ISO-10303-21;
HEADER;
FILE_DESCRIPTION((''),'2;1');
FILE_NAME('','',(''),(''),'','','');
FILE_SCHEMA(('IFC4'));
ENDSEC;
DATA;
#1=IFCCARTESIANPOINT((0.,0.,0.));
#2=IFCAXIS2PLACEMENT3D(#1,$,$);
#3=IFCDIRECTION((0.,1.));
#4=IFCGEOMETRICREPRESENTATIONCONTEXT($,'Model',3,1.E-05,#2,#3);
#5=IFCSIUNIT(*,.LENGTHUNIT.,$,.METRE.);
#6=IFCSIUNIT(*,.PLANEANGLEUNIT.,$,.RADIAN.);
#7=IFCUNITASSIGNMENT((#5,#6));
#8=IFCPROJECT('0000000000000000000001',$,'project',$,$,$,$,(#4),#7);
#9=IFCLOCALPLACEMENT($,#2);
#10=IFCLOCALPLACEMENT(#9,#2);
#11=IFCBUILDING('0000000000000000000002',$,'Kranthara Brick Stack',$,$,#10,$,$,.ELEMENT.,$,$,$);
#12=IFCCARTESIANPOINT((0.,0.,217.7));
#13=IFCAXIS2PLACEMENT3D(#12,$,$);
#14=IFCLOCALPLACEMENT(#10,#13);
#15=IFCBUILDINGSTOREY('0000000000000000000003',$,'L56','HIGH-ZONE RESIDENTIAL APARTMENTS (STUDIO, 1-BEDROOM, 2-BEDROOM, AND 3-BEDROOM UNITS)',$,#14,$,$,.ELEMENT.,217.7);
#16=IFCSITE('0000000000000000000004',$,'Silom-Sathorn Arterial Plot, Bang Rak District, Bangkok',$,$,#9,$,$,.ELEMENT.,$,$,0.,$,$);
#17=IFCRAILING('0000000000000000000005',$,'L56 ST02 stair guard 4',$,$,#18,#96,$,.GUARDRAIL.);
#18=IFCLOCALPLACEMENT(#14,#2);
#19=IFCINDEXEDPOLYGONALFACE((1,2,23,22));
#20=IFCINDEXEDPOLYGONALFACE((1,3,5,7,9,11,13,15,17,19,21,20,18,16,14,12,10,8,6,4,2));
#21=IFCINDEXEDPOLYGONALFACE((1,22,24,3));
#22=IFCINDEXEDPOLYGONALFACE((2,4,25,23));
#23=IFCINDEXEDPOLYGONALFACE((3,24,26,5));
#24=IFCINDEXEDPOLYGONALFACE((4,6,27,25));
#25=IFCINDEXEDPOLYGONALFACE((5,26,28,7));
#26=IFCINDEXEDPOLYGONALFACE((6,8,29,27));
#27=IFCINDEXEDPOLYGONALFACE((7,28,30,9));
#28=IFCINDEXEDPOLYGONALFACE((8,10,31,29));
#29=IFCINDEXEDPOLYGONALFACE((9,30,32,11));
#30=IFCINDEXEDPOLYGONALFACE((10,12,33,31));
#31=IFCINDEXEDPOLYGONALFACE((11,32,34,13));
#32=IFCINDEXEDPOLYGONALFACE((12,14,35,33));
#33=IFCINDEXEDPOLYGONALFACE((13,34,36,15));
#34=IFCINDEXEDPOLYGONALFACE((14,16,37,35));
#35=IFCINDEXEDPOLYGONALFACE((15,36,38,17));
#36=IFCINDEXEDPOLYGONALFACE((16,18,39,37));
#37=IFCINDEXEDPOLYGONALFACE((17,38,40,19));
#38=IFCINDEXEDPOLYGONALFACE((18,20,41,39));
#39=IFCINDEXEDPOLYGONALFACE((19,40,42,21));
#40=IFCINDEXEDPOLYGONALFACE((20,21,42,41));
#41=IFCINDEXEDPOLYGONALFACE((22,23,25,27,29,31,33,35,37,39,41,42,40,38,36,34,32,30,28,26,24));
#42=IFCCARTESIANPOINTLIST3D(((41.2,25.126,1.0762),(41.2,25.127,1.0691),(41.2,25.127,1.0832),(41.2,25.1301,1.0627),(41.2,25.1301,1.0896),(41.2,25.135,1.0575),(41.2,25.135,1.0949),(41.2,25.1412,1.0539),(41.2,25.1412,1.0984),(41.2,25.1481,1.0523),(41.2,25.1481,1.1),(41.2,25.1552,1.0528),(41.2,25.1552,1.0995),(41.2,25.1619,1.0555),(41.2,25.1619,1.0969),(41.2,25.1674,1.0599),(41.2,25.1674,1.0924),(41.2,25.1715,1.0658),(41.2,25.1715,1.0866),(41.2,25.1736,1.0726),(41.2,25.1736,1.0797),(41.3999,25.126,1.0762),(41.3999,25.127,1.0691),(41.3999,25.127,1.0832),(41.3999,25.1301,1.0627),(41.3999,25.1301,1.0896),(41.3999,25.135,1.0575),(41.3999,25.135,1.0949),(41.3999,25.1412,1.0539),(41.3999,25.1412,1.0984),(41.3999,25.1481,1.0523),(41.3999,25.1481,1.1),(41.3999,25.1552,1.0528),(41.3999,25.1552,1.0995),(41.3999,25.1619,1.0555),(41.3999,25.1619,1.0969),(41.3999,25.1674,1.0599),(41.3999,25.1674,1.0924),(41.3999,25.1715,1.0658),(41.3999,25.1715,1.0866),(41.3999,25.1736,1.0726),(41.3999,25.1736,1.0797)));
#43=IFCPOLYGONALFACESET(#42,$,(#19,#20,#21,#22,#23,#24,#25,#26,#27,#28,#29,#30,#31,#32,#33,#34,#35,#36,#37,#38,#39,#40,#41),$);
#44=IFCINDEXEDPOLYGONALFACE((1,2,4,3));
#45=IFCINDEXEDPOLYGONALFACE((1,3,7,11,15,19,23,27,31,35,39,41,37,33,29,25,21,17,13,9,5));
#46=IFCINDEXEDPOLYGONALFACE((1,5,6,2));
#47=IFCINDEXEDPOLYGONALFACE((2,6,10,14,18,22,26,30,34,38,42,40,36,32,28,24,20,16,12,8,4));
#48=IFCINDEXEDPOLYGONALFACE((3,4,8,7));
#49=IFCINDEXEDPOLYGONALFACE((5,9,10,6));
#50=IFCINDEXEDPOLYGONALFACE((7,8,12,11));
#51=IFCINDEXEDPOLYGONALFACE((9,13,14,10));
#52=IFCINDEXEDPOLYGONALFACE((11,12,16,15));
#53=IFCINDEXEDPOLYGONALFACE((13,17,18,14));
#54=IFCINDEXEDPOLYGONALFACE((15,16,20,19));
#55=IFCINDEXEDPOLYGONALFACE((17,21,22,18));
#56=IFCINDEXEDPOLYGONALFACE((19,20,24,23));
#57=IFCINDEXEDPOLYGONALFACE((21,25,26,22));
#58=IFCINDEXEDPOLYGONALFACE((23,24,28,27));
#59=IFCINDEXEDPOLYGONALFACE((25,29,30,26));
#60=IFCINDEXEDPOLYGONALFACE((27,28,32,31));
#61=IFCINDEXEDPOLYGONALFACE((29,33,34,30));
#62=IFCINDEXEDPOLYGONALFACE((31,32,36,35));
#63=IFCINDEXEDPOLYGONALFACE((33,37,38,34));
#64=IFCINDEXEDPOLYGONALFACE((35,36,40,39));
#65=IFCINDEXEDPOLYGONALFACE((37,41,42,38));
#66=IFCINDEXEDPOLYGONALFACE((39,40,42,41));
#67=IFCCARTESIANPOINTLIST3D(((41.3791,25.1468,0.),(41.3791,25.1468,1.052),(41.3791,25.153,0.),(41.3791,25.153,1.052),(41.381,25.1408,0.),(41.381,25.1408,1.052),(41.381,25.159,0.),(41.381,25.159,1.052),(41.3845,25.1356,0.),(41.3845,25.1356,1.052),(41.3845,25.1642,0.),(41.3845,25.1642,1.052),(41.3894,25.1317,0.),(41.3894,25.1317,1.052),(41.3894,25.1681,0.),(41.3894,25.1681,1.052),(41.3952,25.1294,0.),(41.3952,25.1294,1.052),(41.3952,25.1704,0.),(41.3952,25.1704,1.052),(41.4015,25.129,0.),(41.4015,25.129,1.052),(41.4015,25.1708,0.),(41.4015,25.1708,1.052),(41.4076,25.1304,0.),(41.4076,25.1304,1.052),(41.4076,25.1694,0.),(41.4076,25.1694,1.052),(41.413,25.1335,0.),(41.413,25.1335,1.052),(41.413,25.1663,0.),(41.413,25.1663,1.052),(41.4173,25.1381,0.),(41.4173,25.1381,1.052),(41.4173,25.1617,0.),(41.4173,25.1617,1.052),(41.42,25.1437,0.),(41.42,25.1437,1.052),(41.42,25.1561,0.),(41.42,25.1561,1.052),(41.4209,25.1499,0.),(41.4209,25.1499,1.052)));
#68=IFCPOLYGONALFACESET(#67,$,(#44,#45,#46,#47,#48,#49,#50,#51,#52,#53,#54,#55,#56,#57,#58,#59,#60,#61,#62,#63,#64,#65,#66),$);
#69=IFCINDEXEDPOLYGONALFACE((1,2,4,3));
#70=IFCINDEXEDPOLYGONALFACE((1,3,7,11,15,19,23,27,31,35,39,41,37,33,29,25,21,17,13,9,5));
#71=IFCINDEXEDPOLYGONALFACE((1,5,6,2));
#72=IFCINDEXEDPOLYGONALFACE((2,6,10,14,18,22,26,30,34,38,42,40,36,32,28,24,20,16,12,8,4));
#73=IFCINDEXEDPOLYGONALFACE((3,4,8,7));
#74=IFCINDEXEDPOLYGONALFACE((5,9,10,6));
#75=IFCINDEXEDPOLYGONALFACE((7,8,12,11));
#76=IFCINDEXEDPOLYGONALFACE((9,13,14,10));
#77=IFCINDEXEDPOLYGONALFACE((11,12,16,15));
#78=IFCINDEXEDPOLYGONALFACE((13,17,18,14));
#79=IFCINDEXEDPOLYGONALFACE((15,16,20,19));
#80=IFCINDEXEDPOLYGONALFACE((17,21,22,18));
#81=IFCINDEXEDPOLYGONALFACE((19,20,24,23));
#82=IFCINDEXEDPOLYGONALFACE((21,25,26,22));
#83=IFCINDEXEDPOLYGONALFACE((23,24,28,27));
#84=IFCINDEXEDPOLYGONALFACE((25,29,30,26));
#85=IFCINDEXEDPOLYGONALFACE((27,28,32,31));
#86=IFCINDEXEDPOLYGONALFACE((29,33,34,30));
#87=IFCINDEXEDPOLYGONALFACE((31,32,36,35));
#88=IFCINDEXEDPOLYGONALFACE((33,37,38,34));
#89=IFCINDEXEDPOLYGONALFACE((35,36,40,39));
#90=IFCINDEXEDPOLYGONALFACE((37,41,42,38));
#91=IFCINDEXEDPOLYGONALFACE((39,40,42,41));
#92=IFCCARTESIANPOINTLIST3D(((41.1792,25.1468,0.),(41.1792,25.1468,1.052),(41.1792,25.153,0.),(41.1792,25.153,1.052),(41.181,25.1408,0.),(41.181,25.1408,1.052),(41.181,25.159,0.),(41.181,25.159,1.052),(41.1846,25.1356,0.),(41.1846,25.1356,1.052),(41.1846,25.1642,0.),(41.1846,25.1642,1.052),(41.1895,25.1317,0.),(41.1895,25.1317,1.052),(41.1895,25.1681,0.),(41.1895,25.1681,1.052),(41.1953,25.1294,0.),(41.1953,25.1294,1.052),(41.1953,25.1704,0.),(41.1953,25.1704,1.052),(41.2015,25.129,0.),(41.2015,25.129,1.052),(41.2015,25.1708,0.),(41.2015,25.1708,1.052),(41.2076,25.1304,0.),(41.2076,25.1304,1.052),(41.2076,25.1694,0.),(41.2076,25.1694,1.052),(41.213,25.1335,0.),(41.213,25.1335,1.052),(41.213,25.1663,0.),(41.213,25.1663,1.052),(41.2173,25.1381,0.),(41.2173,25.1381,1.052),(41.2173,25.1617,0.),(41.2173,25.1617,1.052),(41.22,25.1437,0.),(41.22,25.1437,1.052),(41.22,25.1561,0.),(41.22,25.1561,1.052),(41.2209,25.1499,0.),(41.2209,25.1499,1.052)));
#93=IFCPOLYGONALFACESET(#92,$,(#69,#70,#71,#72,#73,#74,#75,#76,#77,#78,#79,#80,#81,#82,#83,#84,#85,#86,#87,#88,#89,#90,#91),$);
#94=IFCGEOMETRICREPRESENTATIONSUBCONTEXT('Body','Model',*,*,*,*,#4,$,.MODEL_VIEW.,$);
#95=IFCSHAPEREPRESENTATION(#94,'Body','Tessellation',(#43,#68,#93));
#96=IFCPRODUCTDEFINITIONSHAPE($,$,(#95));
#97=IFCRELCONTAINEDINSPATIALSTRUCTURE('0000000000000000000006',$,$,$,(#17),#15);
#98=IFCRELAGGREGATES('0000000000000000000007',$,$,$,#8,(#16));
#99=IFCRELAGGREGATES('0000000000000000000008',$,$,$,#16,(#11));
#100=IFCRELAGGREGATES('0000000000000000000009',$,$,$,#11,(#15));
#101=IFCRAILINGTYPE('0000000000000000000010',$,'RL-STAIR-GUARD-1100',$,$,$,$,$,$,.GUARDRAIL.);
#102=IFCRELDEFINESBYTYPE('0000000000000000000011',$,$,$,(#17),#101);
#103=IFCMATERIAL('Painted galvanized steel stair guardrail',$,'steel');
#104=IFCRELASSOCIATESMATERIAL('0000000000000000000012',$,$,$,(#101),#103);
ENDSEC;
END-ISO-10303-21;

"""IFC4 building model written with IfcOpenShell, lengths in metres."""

from ifc_helpers import new_model, si_unit, direction, frame, origin, origin_2d, place, context, subcontext, project, spatial, circle, extrude, material, type_object, element, save


model = new_model("IFC4")

# Units and contexts
model_context = context("Model", 3, precision=1e-05, world=origin(), true_north=direction((0.0, 1.0)))
body_context = subcontext(model_context, "Body", "Model", "MODEL_VIEW")
ifc_project = project(units=[si_unit("LENGTHUNIT", "METRE"), si_unit("PLANEANGLEUNIT", "RADIAN")], contexts=[model_context])

# Site, building, storey
site_placement = place(None, origin())
site = spatial("IfcSite", under=ifc_project, at=site_placement, Name="Silom-Sathorn Arterial Plot, Bang Rak District, Bangkok", CompositionType="ELEMENT", RefElevation=0.0)
building_placement = place(site_placement, origin())
building = spatial("IfcBuilding", under=site, at=building_placement, Name="Kranthara Brick Stack", CompositionType="ELEMENT")
storey_placement = place(building_placement, frame((0.0, 0.0, 217.7)))
storey = spatial("IfcBuildingStorey", under=building, at=storey_placement, Name="L56", Description="HIGH-ZONE RESIDENTIAL APARTMENTS (STUDIO, 1-BEDROOM, 2-BEDROOM, AND 3-BEDROOM UNITS)", CompositionType="ELEMENT", Elevation=217.7)

# Railing
ifc_material_1 = material(Name="Painted galvanized steel stair guardrail", Category="steel")
railing_type_1 = type_object("IfcRailingType", Name="RL-STAIR-GUARD-1100", PredefinedType="GUARDRAIL", material=ifc_material_1)
railing_1_placement = place(storey_placement, frame((41.3999, 25.1499, 0.0)))
element("IfcRailing", 1, at=railing_1_placement, inside=storey, type_object=railing_type_1, Name="L56 ST02 stair guard 4", PredefinedType="GUARDRAIL", context=body_context, shape_type="SweptSolid", body=[
    extrude(circle(Radius=0.0239, at=origin_2d()), frame((0.0, 0.0, 1.0762), z_axis=(-1.0, 0.0, 0.0), x_axis=(0.0, -1.0, 0.0)), (0.0, 0.0, 1.0), 0.2),
    extrude(circle(Radius=0.021, at=origin_2d()), origin(), (0.0, 0.0, 1.0), 1.052),
    extrude(circle(Radius=0.021, at=origin_2d()), frame((-0.2, 0.0, 0.0)), (0.0, 0.0, 1.0), 1.052),
])

save(model, "model.ifc")
